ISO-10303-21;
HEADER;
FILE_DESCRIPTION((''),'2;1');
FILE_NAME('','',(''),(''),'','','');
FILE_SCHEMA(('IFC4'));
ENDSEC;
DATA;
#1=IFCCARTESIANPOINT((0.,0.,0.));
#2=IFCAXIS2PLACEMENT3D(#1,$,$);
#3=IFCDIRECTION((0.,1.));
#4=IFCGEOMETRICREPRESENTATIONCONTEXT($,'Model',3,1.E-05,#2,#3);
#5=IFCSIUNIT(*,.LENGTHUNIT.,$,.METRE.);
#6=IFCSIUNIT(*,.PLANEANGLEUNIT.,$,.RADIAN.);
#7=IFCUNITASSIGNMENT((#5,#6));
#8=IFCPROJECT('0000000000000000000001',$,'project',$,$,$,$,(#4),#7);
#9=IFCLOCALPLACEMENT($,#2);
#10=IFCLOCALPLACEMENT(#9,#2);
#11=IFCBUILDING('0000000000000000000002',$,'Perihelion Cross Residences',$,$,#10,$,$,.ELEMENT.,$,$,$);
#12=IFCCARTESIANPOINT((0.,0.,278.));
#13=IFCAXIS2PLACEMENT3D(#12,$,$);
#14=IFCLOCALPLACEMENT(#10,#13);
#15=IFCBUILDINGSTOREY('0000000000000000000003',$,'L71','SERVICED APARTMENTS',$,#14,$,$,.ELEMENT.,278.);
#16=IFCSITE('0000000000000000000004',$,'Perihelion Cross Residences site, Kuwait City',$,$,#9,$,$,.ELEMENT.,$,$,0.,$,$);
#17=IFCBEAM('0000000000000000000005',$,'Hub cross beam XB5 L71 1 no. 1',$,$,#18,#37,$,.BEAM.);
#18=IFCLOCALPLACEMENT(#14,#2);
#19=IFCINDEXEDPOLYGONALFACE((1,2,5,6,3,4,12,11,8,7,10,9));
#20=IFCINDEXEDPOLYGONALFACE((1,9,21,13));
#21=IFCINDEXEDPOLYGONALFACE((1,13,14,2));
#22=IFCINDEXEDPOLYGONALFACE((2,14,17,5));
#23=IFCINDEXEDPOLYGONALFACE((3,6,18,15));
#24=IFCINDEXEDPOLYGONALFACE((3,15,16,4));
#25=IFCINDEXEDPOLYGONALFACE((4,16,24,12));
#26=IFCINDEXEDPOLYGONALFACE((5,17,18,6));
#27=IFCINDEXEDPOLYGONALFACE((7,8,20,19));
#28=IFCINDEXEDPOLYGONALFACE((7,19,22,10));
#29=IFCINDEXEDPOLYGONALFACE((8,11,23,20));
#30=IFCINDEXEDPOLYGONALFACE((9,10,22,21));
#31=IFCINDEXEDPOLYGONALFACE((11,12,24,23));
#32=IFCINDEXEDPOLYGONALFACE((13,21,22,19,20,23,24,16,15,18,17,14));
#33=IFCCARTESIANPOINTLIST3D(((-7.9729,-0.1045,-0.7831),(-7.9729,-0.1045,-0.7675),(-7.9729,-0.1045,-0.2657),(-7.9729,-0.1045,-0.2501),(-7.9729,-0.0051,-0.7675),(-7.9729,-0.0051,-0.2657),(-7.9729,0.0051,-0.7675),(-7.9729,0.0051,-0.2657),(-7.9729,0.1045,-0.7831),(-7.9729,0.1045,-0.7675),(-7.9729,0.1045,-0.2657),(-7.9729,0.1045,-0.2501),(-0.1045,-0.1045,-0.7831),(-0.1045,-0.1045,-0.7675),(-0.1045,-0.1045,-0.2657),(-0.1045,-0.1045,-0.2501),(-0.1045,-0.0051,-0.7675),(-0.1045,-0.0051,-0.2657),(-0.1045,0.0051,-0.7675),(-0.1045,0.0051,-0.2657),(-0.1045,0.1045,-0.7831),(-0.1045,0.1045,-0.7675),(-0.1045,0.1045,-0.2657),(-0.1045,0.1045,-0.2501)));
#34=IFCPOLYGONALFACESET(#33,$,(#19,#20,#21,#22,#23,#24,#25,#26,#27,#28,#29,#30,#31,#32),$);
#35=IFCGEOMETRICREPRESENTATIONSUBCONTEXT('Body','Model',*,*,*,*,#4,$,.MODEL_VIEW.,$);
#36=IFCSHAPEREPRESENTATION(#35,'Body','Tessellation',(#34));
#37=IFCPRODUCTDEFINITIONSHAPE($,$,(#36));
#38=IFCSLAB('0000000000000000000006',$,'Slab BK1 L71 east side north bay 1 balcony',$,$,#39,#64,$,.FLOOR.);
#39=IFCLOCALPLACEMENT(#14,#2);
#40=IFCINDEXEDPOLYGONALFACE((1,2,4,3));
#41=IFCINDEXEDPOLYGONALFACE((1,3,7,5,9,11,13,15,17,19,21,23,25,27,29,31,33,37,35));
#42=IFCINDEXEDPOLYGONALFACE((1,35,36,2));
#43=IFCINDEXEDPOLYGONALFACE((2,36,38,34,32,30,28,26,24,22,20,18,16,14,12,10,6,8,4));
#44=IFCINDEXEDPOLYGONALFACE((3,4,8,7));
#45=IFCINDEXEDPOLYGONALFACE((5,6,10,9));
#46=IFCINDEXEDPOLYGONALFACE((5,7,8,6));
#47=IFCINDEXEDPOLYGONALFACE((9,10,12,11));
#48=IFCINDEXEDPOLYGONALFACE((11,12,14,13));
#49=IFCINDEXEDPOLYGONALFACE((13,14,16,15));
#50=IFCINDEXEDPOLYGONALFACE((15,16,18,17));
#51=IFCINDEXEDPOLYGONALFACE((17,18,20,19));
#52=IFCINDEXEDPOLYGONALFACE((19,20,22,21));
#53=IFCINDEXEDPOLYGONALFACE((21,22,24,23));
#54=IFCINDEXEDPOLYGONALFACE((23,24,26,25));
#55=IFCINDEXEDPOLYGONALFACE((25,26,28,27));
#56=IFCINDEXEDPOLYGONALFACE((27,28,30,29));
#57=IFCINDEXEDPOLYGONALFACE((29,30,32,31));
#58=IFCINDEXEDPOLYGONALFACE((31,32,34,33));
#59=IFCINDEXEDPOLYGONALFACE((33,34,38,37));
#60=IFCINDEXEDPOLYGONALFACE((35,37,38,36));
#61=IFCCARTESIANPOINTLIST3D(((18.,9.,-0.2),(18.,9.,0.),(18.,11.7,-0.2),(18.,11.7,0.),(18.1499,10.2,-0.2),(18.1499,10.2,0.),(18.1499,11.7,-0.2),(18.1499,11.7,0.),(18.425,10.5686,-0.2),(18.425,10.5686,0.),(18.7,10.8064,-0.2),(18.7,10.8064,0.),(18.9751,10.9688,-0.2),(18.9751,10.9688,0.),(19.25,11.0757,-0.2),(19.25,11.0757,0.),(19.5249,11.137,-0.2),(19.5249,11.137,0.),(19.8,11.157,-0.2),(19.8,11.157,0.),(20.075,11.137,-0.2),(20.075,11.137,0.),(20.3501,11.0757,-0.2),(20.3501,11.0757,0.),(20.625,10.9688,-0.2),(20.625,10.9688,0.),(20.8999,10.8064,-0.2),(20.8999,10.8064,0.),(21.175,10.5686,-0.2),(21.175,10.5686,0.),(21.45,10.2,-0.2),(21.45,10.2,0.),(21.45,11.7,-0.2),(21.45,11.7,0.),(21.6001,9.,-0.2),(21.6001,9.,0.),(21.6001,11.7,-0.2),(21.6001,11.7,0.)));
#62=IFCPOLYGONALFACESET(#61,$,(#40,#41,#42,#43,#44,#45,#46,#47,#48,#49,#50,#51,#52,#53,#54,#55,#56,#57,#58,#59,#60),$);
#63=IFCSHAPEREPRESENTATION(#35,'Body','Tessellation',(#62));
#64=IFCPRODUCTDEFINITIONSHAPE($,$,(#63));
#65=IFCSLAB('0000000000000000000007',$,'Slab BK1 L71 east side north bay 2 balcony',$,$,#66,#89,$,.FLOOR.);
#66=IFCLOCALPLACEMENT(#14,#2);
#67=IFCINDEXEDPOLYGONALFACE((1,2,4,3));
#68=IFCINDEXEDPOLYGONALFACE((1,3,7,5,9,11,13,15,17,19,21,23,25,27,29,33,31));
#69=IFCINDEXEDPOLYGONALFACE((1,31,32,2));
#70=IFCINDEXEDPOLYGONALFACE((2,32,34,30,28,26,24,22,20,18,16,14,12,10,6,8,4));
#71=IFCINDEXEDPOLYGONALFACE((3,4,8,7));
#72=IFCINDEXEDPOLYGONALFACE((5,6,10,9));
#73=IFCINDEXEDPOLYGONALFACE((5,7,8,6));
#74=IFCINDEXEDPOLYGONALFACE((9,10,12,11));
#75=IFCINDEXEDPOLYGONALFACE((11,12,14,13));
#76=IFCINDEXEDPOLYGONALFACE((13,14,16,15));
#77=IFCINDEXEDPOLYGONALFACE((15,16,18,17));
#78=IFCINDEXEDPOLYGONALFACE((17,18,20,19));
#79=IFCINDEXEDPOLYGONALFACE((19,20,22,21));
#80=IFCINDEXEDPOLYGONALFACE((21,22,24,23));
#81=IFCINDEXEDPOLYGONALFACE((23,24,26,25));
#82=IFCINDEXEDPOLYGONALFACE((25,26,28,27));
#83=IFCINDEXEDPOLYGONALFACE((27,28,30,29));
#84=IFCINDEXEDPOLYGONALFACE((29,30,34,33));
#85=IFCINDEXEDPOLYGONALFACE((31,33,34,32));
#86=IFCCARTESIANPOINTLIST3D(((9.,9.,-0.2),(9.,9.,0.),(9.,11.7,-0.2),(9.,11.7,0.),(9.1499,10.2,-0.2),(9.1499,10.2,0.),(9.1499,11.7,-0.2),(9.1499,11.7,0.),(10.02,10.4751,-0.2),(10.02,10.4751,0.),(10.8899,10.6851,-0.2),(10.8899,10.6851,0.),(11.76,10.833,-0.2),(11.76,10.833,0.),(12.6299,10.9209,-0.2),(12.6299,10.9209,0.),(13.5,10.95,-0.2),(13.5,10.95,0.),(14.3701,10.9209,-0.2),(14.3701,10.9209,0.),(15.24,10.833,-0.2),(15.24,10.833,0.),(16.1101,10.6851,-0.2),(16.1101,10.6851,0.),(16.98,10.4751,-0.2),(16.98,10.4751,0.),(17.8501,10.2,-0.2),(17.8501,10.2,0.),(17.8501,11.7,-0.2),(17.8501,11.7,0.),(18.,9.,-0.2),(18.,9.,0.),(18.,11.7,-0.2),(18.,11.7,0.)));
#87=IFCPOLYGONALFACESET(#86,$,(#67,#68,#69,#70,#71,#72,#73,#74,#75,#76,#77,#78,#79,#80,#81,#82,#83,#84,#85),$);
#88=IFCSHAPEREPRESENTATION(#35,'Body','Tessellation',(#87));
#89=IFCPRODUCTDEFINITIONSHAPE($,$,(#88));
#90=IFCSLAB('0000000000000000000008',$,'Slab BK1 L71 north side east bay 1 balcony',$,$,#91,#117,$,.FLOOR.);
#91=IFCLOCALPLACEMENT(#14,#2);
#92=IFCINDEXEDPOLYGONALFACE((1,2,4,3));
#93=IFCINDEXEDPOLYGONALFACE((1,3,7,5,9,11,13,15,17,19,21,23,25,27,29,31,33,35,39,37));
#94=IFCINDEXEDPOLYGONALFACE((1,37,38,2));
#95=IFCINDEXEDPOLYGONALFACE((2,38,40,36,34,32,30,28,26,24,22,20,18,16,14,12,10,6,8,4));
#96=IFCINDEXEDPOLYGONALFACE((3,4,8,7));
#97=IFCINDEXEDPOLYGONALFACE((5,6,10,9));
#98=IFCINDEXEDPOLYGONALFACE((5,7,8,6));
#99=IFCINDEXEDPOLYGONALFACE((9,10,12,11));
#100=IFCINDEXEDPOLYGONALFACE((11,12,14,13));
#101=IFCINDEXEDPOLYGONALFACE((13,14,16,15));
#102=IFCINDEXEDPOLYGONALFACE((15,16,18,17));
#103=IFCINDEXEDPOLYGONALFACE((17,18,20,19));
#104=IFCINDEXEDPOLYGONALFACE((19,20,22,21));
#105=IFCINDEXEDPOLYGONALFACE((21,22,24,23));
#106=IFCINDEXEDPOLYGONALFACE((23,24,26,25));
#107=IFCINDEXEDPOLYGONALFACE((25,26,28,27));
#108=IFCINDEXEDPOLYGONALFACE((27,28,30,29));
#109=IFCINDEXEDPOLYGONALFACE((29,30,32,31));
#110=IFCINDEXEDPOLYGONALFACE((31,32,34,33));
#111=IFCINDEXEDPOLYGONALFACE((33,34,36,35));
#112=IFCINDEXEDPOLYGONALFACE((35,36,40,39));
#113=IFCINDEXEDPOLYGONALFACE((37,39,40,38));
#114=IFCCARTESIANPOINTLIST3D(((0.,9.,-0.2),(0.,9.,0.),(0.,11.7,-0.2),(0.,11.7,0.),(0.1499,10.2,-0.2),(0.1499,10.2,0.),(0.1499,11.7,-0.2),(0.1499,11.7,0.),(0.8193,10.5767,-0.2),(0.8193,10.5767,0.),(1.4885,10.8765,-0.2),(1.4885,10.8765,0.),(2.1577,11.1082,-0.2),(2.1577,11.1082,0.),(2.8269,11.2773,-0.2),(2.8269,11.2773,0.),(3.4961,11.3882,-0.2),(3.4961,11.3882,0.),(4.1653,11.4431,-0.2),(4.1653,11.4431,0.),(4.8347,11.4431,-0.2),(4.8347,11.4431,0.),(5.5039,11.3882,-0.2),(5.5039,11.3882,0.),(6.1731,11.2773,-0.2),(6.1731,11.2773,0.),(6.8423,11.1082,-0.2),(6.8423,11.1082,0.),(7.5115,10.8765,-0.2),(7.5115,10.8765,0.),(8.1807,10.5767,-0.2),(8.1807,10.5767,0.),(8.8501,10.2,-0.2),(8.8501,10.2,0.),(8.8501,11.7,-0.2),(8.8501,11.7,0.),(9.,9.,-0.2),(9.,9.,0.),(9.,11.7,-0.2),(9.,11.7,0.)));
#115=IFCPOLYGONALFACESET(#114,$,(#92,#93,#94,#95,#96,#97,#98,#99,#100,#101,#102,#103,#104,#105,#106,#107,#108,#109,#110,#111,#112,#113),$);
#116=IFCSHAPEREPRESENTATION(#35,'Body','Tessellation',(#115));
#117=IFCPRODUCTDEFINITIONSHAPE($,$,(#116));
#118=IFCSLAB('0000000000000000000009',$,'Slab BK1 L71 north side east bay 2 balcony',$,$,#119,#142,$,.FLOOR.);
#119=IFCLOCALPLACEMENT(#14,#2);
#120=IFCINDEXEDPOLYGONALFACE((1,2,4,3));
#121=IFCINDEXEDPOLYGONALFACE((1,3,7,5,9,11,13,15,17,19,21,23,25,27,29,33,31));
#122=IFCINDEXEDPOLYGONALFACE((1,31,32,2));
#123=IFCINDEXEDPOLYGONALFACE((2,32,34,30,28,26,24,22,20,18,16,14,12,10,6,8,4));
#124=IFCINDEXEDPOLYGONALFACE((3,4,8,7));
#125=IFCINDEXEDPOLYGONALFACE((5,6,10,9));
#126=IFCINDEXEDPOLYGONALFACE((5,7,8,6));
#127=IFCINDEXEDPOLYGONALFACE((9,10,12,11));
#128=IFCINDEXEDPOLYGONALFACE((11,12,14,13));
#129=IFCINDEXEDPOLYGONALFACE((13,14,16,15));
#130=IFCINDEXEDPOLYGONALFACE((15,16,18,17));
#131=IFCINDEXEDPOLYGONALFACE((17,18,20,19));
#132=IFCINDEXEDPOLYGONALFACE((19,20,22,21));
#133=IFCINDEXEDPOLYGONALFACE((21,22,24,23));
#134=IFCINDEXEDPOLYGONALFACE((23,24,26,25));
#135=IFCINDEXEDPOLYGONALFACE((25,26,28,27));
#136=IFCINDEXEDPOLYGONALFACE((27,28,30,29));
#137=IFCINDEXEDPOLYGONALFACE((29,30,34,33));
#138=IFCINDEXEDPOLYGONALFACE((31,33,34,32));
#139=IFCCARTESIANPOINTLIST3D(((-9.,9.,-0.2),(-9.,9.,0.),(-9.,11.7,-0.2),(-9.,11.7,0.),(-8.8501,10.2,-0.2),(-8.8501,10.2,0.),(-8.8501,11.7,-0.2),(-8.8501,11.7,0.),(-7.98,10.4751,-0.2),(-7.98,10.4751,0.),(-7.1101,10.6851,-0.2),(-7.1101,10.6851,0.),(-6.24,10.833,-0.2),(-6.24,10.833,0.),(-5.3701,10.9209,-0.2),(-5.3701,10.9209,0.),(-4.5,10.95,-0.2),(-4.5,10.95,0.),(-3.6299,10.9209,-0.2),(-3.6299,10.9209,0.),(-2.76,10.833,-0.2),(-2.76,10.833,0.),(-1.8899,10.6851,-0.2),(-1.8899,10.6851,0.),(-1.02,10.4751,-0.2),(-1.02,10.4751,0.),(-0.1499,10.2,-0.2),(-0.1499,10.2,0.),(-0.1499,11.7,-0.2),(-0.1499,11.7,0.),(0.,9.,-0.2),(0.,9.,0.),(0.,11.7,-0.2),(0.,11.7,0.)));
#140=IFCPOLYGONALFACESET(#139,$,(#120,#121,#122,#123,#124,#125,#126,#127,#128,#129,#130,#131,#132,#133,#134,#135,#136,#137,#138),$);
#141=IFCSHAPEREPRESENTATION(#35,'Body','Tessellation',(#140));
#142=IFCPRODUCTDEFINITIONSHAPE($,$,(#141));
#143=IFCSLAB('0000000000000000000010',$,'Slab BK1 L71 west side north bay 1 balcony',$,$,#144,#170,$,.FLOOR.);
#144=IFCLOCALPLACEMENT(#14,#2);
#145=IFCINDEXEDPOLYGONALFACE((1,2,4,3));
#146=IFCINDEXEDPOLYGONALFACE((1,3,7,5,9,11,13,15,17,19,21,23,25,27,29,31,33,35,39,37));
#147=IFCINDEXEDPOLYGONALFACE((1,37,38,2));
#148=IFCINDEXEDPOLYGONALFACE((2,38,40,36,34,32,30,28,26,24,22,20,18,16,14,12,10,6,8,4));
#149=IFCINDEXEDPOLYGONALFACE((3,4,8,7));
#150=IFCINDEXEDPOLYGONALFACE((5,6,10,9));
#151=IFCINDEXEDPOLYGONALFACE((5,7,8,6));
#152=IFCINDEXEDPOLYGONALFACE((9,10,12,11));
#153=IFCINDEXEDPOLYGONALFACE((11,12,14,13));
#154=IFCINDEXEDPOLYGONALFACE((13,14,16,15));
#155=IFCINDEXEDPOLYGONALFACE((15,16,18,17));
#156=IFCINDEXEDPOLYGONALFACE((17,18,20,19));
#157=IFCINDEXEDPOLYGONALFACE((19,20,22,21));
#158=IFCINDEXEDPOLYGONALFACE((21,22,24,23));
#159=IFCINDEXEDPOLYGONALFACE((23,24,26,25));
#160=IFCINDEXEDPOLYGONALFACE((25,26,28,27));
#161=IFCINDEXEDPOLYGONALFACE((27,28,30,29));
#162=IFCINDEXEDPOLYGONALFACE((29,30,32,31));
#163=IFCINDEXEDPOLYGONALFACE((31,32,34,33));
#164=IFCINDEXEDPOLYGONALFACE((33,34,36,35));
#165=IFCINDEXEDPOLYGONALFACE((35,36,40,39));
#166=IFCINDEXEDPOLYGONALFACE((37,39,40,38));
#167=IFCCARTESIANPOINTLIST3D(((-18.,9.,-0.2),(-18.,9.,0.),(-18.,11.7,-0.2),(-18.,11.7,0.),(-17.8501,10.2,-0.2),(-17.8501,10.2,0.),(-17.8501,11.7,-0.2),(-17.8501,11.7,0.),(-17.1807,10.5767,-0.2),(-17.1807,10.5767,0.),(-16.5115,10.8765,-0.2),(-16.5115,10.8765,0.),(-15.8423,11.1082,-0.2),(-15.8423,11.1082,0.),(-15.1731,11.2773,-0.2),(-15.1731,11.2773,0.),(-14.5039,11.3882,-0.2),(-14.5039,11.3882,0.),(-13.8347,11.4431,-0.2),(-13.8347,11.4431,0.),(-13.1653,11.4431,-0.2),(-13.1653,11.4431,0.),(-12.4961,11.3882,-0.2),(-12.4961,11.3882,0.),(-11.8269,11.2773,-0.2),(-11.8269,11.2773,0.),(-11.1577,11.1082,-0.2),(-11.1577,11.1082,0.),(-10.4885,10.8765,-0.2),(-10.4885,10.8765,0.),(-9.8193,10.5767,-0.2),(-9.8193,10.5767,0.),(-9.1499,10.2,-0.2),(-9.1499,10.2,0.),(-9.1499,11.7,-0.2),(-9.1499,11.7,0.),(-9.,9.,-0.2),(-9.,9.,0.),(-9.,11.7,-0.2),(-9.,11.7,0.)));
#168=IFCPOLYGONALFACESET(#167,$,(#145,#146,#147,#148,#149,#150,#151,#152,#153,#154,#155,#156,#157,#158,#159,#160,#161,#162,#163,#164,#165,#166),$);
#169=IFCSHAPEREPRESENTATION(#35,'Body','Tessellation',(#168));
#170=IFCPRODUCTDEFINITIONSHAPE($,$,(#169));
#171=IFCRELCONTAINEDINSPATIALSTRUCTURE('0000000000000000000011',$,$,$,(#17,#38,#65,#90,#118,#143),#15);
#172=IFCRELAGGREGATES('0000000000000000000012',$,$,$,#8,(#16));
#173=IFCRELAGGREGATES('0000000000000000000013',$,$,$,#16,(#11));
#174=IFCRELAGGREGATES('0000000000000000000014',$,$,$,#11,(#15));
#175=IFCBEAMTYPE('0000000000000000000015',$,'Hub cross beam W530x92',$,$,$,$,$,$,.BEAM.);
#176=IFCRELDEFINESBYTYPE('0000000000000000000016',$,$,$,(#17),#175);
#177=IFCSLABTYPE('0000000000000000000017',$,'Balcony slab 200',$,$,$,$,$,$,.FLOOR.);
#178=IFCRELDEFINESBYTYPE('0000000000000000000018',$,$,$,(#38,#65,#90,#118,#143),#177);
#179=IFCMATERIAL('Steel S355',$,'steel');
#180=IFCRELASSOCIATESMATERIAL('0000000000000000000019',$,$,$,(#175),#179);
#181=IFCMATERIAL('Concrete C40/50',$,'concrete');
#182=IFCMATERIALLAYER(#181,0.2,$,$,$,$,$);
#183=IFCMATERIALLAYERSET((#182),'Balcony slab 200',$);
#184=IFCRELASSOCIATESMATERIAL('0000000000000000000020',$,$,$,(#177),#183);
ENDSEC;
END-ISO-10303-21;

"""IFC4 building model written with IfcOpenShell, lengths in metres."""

from ifc_helpers import new_model, si_unit, direction, frame, origin, origin_2d, place, context, subcontext, project, spatial, polyline, i_section, outline, extrude, material, layer, layer_set, material_profile, profile_set, type_object, element, save


model = new_model("IFC4")

# Units and contexts
model_context = context("Model", 3, precision=1e-05, world=origin(), true_north=direction((0.0, 1.0)))
body_context = subcontext(model_context, "Body", "Model", "MODEL_VIEW")
ifc_project = project(units=[si_unit("LENGTHUNIT", "METRE"), si_unit("PLANEANGLEUNIT", "RADIAN")], contexts=[model_context])

# Site, building, storey
site_placement = place(None, origin())
site = spatial("IfcSite", under=ifc_project, at=site_placement, Name="Perihelion Cross Residences site, Kuwait City", CompositionType="ELEMENT", RefElevation=0.0)
building_placement = place(site_placement, origin())
building = spatial("IfcBuilding", under=site, at=building_placement, Name="Perihelion Cross Residences", CompositionType="ELEMENT")
storey_placement = place(building_placement, frame((0.0, 0.0, 278.0)))
storey = spatial("IfcBuildingStorey", under=building, at=storey_placement, Name="L71", Description="SERVICED APARTMENTS", CompositionType="ELEMENT", Elevation=278.0)

# Beam
ifc_material_1 = material(Name="Steel S355", Category="steel")
ifc_material_profile = material_profile(ifc_material_1, i_section(OverallWidth=0.209, OverallDepth=0.533, WebThickness=0.0103, FlangeThickness=0.0156, at=origin_2d()), Name="W530x92")
ifc_profile_set = profile_set([ifc_material_profile], Name="Steel S355")
beam_type = type_object("IfcBeamType", Name="Hub cross beam W530x92", PredefinedType="BEAM", material=ifc_profile_set)
beam_placement = place(storey_placement, frame((-7.9729, 0.0, -0.5166), z_axis=(1.0, 0.0, 0.0), x_axis=(0.0, 1.0, 0.0)))
element("IfcBeam", 1, at=beam_placement, inside=storey, type_object=beam_type, Name="Hub cross beam XB5 L71 1 no. 1", PredefinedType="BEAM", context=body_context, shape_type="SweptSolid", body=[
    extrude(i_section(OverallWidth=0.209, OverallDepth=0.533, WebThickness=0.0103, FlangeThickness=0.0156, at=origin_2d()), origin(), (0.0, 0.0, 1.0), 7.8684),
])

# Slabs
ifc_material_2 = material(Name="Concrete C40/50", Category="concrete")
ifc_layer_1 = layer(ifc_material_2, 0.2)
ifc_layer_set_1 = layer_set([ifc_layer_1], Name="Balcony slab 200")
slab_type_1 = type_object("IfcSlabType", Name="Balcony slab 200", PredefinedType="FLOOR", material=ifc_layer_set_1)
slab_1_placement = place(storey_placement, frame((0.0, 0.0, -0.2)))
element("IfcSlab", 2, at=slab_1_placement, inside=storey, type_object=slab_type_1, Name="Slab BK1 L71 east side north bay 1 balcony", PredefinedType="FLOOR", context=body_context, shape_type="SweptSolid", body=[
    extrude(outline(polyline([(21.6001, 9.0), (18.0, 9.0), (18.0, 11.7), (18.1499, 11.7), (18.1499, 10.2), (18.425, 10.5686), (18.7, 10.8064), (18.9751, 10.9688), (19.25, 11.0757), (19.5249, 11.137), (19.8, 11.157), (20.075, 11.137), (20.3501, 11.0757), (20.625, 10.9688), (20.8999, 10.8064), (21.175, 10.5686), (21.45, 10.2), (21.45, 11.7), (21.6001, 11.7), (21.6001, 9.0)])), origin(), (0.0, 0.0, 1.0), 0.2),
])
slab_2_placement = place(storey_placement, frame((0.0, 0.0, -0.2)))
element("IfcSlab", 3, at=slab_2_placement, inside=storey, type_object=slab_type_1, Name="Slab BK1 L71 east side north bay 2 balcony", PredefinedType="FLOOR", context=body_context, shape_type="SweptSolid", body=[
    extrude(outline(polyline([(18.0, 9.0), (9.0, 9.0), (9.0, 11.7), (9.1499, 11.7), (9.1499, 10.2), (10.02, 10.4751), (10.8899, 10.6851), (11.76, 10.833), (12.6299, 10.9209), (13.5, 10.95), (14.3701, 10.9209), (15.24, 10.833), (16.1101, 10.6851), (16.98, 10.4751), (17.8501, 10.2), (17.8501, 11.7), (18.0, 11.7), (18.0, 9.0)])), origin(), (0.0, 0.0, 1.0), 0.2),
])
slab_3_placement = place(storey_placement, frame((0.0, 0.0, -0.2)))
element("IfcSlab", 4, at=slab_3_placement, inside=storey, type_object=slab_type_1, Name="Slab BK1 L71 north side east bay 1 balcony", PredefinedType="FLOOR", context=body_context, shape_type="SweptSolid", body=[
    extrude(outline(polyline([(9.0, 9.0), (0.0, 9.0), (0.0, 11.7), (0.1499, 11.7), (0.1499, 10.2), (0.8193, 10.5767), (1.4885, 10.8765), (2.1577, 11.1082), (2.8269, 11.2773), (3.4961, 11.3882), (4.1653, 11.4431), (4.8347, 11.4431), (5.5039, 11.3882), (6.1731, 11.2773), (6.8423, 11.1082), (7.5115, 10.8765), (8.1807, 10.5767), (8.8501, 10.2), (8.8501, 11.7), (9.0, 11.7), (9.0, 9.0)])), origin(), (0.0, 0.0, 1.0), 0.2),
])
slab_4_placement = place(storey_placement, frame((0.0, 0.0, -0.2)))
element("IfcSlab", 5, at=slab_4_placement, inside=storey, type_object=slab_type_1, Name="Slab BK1 L71 north side east bay 2 balcony", PredefinedType="FLOOR", context=body_context, shape_type="SweptSolid", body=[
    extrude(outline(polyline([(0.0, 9.0), (-9.0, 9.0), (-9.0, 11.7), (-8.8501, 11.7), (-8.8501, 10.2), (-7.98, 10.4751), (-7.1101, 10.6851), (-6.24, 10.833), (-5.3701, 10.9209), (-4.5, 10.95), (-3.6299, 10.9209), (-2.76, 10.833), (-1.8899, 10.6851), (-1.02, 10.4751), (-0.1499, 10.2), (-0.1499, 11.7), (0.0, 11.7), (0.0, 9.0)])), origin(), (0.0, 0.0, 1.0), 0.2),
])
slab_5_placement = place(storey_placement, frame((0.0, 0.0, -0.2)))
element("IfcSlab", 6, at=slab_5_placement, inside=storey, type_object=slab_type_1, Name="Slab BK1 L71 west side north bay 1 balcony", PredefinedType="FLOOR", context=body_context, shape_type="SweptSolid", body=[
    extrude(outline(polyline([(-9.0, 9.0), (-18.0, 9.0), (-18.0, 11.7), (-17.8501, 11.7), (-17.8501, 10.2), (-17.1807, 10.5767), (-16.5115, 10.8765), (-15.8423, 11.1082), (-15.1731, 11.2773), (-14.5039, 11.3882), (-13.8347, 11.4431), (-13.1653, 11.4431), (-12.4961, 11.3882), (-11.8269, 11.2773), (-11.1577, 11.1082), (-10.4885, 10.8765), (-9.8193, 10.5767), (-9.1499, 10.2), (-9.1499, 11.7), (-9.0, 11.7), (-9.0, 9.0)])), origin(), (0.0, 0.0, 1.0), 0.2),
])

save(model, "model.ifc")
